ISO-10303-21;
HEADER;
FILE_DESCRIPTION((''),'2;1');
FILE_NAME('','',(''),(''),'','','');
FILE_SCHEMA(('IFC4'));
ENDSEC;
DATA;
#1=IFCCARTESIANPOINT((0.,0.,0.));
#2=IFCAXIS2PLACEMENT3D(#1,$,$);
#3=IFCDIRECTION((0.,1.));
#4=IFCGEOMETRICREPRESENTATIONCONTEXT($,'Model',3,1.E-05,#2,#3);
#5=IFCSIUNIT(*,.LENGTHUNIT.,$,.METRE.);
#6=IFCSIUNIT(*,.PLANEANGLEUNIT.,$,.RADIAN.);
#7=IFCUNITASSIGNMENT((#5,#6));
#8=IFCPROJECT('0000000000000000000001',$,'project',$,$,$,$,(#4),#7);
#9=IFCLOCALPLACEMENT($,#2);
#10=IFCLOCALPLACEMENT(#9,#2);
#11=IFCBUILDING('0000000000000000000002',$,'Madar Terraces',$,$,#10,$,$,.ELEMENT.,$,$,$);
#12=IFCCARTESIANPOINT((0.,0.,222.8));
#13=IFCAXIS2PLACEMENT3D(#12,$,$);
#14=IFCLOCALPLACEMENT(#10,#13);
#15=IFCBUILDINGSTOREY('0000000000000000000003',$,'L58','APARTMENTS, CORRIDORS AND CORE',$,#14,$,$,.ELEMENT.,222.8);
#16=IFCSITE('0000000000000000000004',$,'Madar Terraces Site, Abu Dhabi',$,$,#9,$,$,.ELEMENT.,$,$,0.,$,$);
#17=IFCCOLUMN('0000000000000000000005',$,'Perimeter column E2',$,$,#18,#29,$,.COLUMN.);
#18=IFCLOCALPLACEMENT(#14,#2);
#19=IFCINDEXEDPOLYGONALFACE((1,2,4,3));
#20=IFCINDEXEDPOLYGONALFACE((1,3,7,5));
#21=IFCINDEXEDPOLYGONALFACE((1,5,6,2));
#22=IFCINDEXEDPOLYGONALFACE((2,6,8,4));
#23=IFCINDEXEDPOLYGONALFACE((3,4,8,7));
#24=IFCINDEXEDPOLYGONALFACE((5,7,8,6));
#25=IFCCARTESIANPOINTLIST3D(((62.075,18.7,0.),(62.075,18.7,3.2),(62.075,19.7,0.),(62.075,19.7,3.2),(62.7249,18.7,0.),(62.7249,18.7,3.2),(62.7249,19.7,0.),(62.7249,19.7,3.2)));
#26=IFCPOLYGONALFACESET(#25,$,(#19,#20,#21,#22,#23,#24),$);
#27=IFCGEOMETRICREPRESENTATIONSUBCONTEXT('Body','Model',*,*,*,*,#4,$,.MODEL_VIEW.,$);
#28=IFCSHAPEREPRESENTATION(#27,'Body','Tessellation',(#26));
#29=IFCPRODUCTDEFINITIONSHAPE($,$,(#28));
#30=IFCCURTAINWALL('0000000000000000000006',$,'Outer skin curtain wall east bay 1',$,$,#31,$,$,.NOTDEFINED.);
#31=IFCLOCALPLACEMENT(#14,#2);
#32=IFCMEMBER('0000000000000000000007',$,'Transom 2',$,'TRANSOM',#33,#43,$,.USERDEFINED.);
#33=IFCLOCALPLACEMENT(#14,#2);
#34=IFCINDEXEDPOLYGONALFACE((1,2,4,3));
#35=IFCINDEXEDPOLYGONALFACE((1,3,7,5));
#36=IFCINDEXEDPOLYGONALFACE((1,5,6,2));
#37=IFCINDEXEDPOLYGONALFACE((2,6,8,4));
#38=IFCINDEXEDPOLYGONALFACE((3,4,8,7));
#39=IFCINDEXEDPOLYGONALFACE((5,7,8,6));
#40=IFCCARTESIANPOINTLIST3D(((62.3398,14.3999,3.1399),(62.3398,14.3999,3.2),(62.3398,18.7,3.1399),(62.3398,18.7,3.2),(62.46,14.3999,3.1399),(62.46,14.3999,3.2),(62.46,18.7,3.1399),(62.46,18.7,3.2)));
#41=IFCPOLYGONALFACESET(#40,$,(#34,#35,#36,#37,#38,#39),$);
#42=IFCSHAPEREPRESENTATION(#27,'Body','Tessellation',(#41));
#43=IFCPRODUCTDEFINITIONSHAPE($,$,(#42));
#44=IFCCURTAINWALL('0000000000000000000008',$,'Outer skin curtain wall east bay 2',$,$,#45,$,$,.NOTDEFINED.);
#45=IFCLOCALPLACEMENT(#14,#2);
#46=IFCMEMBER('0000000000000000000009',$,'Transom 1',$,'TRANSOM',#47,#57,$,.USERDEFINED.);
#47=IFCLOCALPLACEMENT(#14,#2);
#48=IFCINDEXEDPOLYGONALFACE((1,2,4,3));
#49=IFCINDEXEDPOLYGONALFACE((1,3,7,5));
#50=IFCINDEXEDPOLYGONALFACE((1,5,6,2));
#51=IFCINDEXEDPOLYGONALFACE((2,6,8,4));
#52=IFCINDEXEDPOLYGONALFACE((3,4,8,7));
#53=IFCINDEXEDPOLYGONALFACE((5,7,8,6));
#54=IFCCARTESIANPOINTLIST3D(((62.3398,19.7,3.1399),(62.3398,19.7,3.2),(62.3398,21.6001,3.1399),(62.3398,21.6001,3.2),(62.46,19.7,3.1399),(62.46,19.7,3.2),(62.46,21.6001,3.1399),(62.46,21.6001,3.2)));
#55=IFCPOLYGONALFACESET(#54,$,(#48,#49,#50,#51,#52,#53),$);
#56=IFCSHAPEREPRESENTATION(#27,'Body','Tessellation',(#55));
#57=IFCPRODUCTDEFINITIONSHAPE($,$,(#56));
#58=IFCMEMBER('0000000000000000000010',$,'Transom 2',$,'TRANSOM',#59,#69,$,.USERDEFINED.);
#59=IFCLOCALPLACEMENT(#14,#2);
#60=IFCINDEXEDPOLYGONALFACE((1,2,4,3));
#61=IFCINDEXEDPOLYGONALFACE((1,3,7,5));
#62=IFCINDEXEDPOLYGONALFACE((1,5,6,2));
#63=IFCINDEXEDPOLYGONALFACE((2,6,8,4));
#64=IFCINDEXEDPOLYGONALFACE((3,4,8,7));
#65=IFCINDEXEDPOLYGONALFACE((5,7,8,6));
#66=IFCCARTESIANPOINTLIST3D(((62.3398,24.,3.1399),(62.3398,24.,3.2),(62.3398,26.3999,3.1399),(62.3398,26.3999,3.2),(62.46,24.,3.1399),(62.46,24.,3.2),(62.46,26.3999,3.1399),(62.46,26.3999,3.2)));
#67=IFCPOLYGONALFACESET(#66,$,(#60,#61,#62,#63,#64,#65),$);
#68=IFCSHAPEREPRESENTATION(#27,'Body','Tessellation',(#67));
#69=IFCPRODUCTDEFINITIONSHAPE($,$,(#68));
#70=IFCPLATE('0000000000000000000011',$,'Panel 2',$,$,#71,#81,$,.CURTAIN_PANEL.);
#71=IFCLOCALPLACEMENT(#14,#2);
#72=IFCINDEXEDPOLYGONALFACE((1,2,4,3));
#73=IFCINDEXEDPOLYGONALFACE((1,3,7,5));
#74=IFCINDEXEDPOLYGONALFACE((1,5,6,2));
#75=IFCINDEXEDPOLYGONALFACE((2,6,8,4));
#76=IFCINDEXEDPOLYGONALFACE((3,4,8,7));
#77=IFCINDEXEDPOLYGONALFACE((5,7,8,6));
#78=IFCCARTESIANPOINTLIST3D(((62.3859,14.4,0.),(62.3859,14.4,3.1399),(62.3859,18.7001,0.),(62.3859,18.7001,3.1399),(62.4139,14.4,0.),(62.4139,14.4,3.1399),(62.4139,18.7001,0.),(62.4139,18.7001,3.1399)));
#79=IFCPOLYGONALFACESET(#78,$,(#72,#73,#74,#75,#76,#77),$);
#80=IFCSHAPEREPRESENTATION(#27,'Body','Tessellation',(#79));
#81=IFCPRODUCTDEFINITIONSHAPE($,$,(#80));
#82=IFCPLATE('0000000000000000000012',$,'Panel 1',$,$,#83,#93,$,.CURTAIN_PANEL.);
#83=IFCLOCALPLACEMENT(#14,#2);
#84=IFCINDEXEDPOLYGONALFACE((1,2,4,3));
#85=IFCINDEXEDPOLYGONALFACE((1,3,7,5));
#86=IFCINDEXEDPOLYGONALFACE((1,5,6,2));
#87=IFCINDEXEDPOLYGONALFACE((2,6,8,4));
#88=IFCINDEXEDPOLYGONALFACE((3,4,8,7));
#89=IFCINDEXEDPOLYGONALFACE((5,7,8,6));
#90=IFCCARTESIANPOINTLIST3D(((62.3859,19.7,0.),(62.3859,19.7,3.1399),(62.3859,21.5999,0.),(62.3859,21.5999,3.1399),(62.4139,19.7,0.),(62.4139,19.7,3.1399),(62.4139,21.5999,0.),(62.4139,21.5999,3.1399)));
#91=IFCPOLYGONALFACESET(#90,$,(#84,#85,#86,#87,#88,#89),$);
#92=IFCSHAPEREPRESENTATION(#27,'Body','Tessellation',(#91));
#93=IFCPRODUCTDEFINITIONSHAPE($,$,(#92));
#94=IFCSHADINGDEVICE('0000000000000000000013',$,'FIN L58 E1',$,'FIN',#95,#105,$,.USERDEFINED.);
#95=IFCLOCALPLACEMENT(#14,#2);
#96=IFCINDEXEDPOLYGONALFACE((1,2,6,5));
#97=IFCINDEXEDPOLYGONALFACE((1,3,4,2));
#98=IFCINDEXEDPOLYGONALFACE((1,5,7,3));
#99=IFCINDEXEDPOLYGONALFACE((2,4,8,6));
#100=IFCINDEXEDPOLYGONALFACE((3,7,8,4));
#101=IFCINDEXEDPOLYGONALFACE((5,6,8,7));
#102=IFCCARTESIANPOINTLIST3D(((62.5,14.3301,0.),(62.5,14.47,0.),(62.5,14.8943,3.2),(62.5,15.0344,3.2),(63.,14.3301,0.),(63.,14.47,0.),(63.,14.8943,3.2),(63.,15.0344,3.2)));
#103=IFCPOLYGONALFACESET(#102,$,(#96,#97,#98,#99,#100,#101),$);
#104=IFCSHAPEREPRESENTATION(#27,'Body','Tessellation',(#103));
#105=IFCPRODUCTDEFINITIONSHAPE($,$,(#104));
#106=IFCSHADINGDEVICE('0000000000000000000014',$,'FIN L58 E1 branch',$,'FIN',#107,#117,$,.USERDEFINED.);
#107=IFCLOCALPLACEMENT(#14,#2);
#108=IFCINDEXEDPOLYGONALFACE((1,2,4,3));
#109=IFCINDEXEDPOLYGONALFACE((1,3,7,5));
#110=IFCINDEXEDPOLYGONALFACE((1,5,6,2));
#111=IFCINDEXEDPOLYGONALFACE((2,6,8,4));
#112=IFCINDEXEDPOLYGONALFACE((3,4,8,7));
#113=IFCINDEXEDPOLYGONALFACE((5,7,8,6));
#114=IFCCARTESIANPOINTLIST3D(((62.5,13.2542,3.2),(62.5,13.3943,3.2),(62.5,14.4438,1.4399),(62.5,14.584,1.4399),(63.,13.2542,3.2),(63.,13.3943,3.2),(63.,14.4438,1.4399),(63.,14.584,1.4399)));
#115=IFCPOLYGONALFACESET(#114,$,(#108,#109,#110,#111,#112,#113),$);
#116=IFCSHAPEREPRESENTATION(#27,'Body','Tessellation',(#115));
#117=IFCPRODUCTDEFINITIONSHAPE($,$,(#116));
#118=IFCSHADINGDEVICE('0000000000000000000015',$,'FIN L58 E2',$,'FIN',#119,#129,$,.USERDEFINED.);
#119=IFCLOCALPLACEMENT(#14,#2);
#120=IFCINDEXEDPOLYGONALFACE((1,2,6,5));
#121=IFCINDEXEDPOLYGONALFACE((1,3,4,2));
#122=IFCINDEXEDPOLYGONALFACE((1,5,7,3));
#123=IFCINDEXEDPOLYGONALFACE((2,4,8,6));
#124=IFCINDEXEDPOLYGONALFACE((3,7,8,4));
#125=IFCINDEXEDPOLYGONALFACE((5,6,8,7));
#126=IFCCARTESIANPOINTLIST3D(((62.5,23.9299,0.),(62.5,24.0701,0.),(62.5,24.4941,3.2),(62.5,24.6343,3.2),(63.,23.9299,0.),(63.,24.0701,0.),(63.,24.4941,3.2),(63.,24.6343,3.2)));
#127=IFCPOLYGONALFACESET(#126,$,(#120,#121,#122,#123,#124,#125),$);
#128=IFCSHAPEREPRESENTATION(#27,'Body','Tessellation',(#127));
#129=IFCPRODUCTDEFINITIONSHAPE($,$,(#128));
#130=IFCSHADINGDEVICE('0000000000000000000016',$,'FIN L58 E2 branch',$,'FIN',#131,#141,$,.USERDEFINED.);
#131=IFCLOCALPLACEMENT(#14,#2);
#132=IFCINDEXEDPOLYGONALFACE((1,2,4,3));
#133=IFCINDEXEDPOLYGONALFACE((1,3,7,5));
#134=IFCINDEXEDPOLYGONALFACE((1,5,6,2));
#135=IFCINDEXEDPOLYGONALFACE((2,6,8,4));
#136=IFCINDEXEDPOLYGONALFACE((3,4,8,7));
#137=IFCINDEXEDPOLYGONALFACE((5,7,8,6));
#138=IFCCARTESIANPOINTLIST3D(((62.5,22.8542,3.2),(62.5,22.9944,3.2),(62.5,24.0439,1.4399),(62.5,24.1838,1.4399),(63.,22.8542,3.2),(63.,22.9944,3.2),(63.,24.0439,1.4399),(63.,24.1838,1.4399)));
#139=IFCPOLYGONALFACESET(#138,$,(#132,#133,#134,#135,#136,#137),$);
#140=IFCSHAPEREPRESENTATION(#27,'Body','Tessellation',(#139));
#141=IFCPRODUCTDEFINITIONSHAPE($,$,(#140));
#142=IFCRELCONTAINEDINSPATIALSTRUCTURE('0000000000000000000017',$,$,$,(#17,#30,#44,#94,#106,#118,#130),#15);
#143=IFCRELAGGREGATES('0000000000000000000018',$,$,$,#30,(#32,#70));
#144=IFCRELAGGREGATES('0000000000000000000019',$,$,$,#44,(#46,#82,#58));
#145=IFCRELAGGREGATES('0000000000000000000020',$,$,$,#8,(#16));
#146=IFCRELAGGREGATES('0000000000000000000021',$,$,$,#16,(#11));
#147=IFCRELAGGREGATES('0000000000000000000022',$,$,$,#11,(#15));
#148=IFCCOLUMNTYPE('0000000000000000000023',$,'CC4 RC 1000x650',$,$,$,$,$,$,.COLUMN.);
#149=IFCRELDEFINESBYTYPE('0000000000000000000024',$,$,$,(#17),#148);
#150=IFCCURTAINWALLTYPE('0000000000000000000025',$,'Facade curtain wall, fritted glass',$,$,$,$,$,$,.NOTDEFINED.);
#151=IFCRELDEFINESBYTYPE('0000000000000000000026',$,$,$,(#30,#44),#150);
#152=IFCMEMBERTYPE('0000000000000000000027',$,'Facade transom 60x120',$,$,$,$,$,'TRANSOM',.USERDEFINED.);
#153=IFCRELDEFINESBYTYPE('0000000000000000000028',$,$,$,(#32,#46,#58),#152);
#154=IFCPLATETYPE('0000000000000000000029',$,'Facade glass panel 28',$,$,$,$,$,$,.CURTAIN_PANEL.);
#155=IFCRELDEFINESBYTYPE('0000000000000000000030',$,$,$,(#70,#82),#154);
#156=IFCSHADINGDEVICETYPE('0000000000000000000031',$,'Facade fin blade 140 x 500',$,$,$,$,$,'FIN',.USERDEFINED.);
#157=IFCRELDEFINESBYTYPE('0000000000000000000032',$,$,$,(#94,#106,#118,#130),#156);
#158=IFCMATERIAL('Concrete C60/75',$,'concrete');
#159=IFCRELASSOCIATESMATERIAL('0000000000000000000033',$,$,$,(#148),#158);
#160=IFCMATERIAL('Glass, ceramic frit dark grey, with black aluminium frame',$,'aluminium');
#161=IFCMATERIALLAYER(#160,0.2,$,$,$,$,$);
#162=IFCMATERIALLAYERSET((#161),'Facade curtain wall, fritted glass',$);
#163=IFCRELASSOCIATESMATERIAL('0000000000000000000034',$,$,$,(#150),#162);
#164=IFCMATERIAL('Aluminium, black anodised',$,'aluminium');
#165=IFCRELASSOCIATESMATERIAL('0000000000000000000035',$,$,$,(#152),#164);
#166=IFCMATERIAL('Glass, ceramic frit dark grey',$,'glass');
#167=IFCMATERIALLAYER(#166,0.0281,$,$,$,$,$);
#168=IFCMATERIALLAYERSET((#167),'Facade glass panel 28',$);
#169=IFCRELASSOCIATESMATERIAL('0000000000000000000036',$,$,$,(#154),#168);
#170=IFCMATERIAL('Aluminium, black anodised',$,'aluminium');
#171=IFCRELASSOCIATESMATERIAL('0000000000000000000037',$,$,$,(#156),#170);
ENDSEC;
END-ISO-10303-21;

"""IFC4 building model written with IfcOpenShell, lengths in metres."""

from ifc_helpers import new_model, si_unit, direction, frame, origin, origin_2d, place, context, subcontext, project, spatial, polyline, rectangle, outline, extrude, material, layer, layer_set, material_profile, profile_set, type_object, element, aggregate, save


model = new_model("IFC4")

# Units and contexts
model_context = context("Model", 3, precision=1e-05, world=origin(), true_north=direction((0.0, 1.0)))
body_context = subcontext(model_context, "Body", "Model", "MODEL_VIEW")
ifc_project = project(units=[si_unit("LENGTHUNIT", "METRE"), si_unit("PLANEANGLEUNIT", "RADIAN")], contexts=[model_context])

# Site, building, storey
site_placement = place(None, origin())
site = spatial("IfcSite", under=ifc_project, at=site_placement, Name="Madar Terraces Site, Abu Dhabi", CompositionType="ELEMENT", RefElevation=0.0)
building_placement = place(site_placement, origin())
building = spatial("IfcBuilding", under=site, at=building_placement, Name="Madar Terraces", CompositionType="ELEMENT")
storey_placement = place(building_placement, frame((0.0, 0.0, 222.8)))
storey = spatial("IfcBuildingStorey", under=building, at=storey_placement, Name="L58", Description="APARTMENTS, CORRIDORS AND CORE", CompositionType="ELEMENT", Elevation=222.8)

# Column
ifc_material_1 = material(Name="Concrete C60/75", Category="concrete")
ifc_material_profile_1 = material_profile(ifc_material_1, rectangle(XDim=1.0, YDim=0.6499, at=origin_2d()), Name="CC4 RC 1000x650")
ifc_profile_set_1 = profile_set([ifc_material_profile_1], Name="Concrete C60/75")
column_type = type_object("IfcColumnType", Name="CC4 RC 1000x650", PredefinedType="COLUMN", material=ifc_profile_set_1)
column_placement = place(storey_placement, frame((62.3999, 19.2, 0.0), z_axis=(0.0, 0.0, 1.0), x_axis=(0.0, 1.0, 0.0)))
element("IfcColumn", 1, at=column_placement, inside=storey, type_object=column_type, Name="Perimeter column E2", PredefinedType="COLUMN", context=body_context, shape_type="SweptSolid", body=[
    extrude(rectangle(XDim=1.0, YDim=0.6499, at=origin_2d()), origin(), (0.0, 0.0, 1.0), 3.2),
])

# Curtain wall, member
ifc_material_2 = material(Name="Glass, ceramic frit dark grey, with black aluminium frame", Category="aluminium")
ifc_layer_1 = layer(ifc_material_2, 0.2)
ifc_layer_set_1 = layer_set([ifc_layer_1], Name="Facade curtain wall, fritted glass")
curtain_wall_type = type_object("IfcCurtainWallType", Name="Facade curtain wall, fritted glass", PredefinedType="NOTDEFINED", material=ifc_layer_set_1)
curtain_wall_1_placement = place(storey_placement, origin())
curtain_wall_1 = element("IfcCurtainWall", 2, at=curtain_wall_1_placement, inside=storey, type_object=curtain_wall_type, Name="Outer skin curtain wall east bay 1", PredefinedType="NOTDEFINED")
ifc_material_3 = material(Name="Aluminium, black anodised", Category="aluminium")
ifc_material_profile_2 = material_profile(ifc_material_3, rectangle(XDim=0.1201, YDim=0.0601, at=origin_2d()), Name="Facade transom 60x120")
ifc_profile_set_2 = profile_set([ifc_material_profile_2], Name="Aluminium, black anodised")
member_type = type_object("IfcMemberType", Name="Facade transom 60x120", ElementType="TRANSOM", PredefinedType="USERDEFINED", material=ifc_profile_set_2)
member_1_placement = place(storey_placement, frame((62.3999, 14.3999, 3.1699), z_axis=(0.0, 1.0, 0.0), x_axis=(-1.0, 0.0, 0.0)))
member_1 = element("IfcMember", 3, at=member_1_placement, type_object=member_type, Name="Transom 2", ObjectType="TRANSOM", PredefinedType="USERDEFINED", context=body_context, shape_type="SweptSolid", body=[
    extrude(rectangle(XDim=0.1201, YDim=0.0601, at=origin_2d()), origin(), (0.0, 0.0, 1.0), 4.3),
])

# Curtain wall, members
curtain_wall_2_placement = place(storey_placement, origin())
curtain_wall_2 = element("IfcCurtainWall", 4, at=curtain_wall_2_placement, inside=storey, type_object=curtain_wall_type, Name="Outer skin curtain wall east bay 2", PredefinedType="NOTDEFINED")
member_2_placement = place(storey_placement, frame((62.3999, 19.7, 3.1699), z_axis=(0.0, 1.0, 0.0), x_axis=(-1.0, 0.0, 0.0)))
member_2 = element("IfcMember", 5, at=member_2_placement, type_object=member_type, Name="Transom 1", ObjectType="TRANSOM", PredefinedType="USERDEFINED", context=body_context, shape_type="SweptSolid", body=[
    extrude(rectangle(XDim=0.1201, YDim=0.0601, at=origin_2d()), origin(), (0.0, 0.0, 1.0), 1.9001),
])
member_3_placement = place(storey_placement, frame((62.3999, 24.0, 3.1699), z_axis=(0.0, 1.0, 0.0), x_axis=(-1.0, 0.0, 0.0)))
member_3 = element("IfcMember", 6, at=member_3_placement, type_object=member_type, Name="Transom 2", ObjectType="TRANSOM", PredefinedType="USERDEFINED", context=body_context, shape_type="SweptSolid", body=[
    extrude(rectangle(XDim=0.1201, YDim=0.0601, at=origin_2d()), origin(), (0.0, 0.0, 1.0), 2.3999),
])

# Plates
ifc_material_4 = material(Name="Glass, ceramic frit dark grey", Category="glass")
ifc_layer_2 = layer(ifc_material_4, 0.0281)
ifc_layer_set_2 = layer_set([ifc_layer_2], Name="Facade glass panel 28")
plate_type = type_object("IfcPlateType", Name="Facade glass panel 28", PredefinedType="CURTAIN_PANEL", material=ifc_layer_set_2)
plate_1_placement = place(storey_placement, frame((62.3999, 16.55, 0.0), z_axis=(0.0, 0.0, 1.0), x_axis=(0.0, 1.0, 0.0)))
plate_1 = element("IfcPlate", 7, at=plate_1_placement, type_object=plate_type, Name="Panel 2", PredefinedType="CURTAIN_PANEL", context=body_context, shape_type="SweptSolid", body=[
    extrude(rectangle(XDim=4.3, YDim=0.0281, at=origin_2d()), origin(), (0.0, 0.0, 1.0), 3.1399),
])
aggregate(curtain_wall_1, [member_1, plate_1])
plate_2_placement = place(storey_placement, frame((62.3999, 20.6499, 0.0), z_axis=(0.0, 0.0, 1.0), x_axis=(0.0, 1.0, 0.0)))
plate_2 = element("IfcPlate", 8, at=plate_2_placement, type_object=plate_type, Name="Panel 1", PredefinedType="CURTAIN_PANEL", context=body_context, shape_type="SweptSolid", body=[
    extrude(rectangle(XDim=1.8999, YDim=0.0281, at=origin_2d()), origin(), (0.0, 0.0, 1.0), 3.1399),
])
aggregate(curtain_wall_2, [member_2, plate_2, member_3])

# Shading devices
ifc_material_5 = material(Name="Aluminium, black anodised", Category="aluminium")
shading_device_type = type_object("IfcShadingDeviceType", Name="Facade fin blade 140 x 500", ElementType="FIN", PredefinedType="USERDEFINED", material=ifc_material_5)
shading_device_1_placement = place(storey_placement, frame((62.75, 14.3301, 0.0), z_axis=(0.0, 0.0, 1.0), x_axis=(0.0, 1.0, 0.0)))
element("IfcShadingDevice", 9, at=shading_device_1_placement, inside=storey, type_object=shading_device_type, Name="FIN L58 E1", ObjectType="FIN", PredefinedType="USERDEFINED", context=body_context, shape_type="SweptSolid", body=[
    extrude(outline(polyline([(0.0, 0.0), (0.1399, 0.0), (0.7043, 3.2), (0.5642, 3.2), (0.0, 0.0)])), frame((0.0, 0.25, 0.0), z_axis=(0.0, -1.0, 0.0), x_axis=(1.0, 0.0, 0.0)), (0.0, 0.0, 1.0), 0.5),
])
shading_device_2_placement = place(storey_placement, frame((62.75, 14.4438, 1.4399), z_axis=(0.0, 0.0, 1.0), x_axis=(0.0, 1.0, 0.0)))
element("IfcShadingDevice", 10, at=shading_device_2_placement, inside=storey, type_object=shading_device_type, Name="FIN L58 E1 branch", ObjectType="FIN", PredefinedType="USERDEFINED", context=body_context, shape_type="SweptSolid", body=[
    extrude(outline(polyline([(0.0, 0.0), (0.1401, 0.0), (-1.0496, 1.76), (-1.1897, 1.76), (0.0, 0.0)])), frame((0.0, 0.25, 0.0), z_axis=(0.0, -1.0, 0.0), x_axis=(1.0, 0.0, 0.0)), (0.0, 0.0, 1.0), 0.5),
])
shading_device_3_placement = place(storey_placement, frame((62.75, 23.9299, 0.0), z_axis=(0.0, 0.0, 1.0), x_axis=(0.0, 1.0, 0.0)))
element("IfcShadingDevice", 11, at=shading_device_3_placement, inside=storey, type_object=shading_device_type, Name="FIN L58 E2", ObjectType="FIN", PredefinedType="USERDEFINED", context=body_context, shape_type="SweptSolid", body=[
    extrude(outline(polyline([(0.0, 0.0), (0.1401, 0.0), (0.7043, 3.2), (0.5642, 3.2), (0.0, 0.0)])), frame((0.0, 0.25, 0.0), z_axis=(0.0, -1.0, 0.0), x_axis=(1.0, 0.0, 0.0)), (0.0, 0.0, 1.0), 0.5),
])
shading_device_4_placement = place(storey_placement, frame((62.75, 24.0439, 1.4399), z_axis=(0.0, 0.0, 1.0), x_axis=(0.0, 1.0, 0.0)))
element("IfcShadingDevice", 12, at=shading_device_4_placement, inside=storey, type_object=shading_device_type, Name="FIN L58 E2 branch", ObjectType="FIN", PredefinedType="USERDEFINED", context=body_context, shape_type="SweptSolid", body=[
    extrude(outline(polyline([(0.0, 0.0), (0.1399, 0.0), (-1.0496, 1.76), (-1.1897, 1.76), (0.0, 0.0)])), frame((0.0, 0.25, 0.0), z_axis=(0.0, -1.0, 0.0), x_axis=(1.0, 0.0, 0.0)), (0.0, 0.0, 1.0), 0.5),
])

save(model, "model.ifc")
